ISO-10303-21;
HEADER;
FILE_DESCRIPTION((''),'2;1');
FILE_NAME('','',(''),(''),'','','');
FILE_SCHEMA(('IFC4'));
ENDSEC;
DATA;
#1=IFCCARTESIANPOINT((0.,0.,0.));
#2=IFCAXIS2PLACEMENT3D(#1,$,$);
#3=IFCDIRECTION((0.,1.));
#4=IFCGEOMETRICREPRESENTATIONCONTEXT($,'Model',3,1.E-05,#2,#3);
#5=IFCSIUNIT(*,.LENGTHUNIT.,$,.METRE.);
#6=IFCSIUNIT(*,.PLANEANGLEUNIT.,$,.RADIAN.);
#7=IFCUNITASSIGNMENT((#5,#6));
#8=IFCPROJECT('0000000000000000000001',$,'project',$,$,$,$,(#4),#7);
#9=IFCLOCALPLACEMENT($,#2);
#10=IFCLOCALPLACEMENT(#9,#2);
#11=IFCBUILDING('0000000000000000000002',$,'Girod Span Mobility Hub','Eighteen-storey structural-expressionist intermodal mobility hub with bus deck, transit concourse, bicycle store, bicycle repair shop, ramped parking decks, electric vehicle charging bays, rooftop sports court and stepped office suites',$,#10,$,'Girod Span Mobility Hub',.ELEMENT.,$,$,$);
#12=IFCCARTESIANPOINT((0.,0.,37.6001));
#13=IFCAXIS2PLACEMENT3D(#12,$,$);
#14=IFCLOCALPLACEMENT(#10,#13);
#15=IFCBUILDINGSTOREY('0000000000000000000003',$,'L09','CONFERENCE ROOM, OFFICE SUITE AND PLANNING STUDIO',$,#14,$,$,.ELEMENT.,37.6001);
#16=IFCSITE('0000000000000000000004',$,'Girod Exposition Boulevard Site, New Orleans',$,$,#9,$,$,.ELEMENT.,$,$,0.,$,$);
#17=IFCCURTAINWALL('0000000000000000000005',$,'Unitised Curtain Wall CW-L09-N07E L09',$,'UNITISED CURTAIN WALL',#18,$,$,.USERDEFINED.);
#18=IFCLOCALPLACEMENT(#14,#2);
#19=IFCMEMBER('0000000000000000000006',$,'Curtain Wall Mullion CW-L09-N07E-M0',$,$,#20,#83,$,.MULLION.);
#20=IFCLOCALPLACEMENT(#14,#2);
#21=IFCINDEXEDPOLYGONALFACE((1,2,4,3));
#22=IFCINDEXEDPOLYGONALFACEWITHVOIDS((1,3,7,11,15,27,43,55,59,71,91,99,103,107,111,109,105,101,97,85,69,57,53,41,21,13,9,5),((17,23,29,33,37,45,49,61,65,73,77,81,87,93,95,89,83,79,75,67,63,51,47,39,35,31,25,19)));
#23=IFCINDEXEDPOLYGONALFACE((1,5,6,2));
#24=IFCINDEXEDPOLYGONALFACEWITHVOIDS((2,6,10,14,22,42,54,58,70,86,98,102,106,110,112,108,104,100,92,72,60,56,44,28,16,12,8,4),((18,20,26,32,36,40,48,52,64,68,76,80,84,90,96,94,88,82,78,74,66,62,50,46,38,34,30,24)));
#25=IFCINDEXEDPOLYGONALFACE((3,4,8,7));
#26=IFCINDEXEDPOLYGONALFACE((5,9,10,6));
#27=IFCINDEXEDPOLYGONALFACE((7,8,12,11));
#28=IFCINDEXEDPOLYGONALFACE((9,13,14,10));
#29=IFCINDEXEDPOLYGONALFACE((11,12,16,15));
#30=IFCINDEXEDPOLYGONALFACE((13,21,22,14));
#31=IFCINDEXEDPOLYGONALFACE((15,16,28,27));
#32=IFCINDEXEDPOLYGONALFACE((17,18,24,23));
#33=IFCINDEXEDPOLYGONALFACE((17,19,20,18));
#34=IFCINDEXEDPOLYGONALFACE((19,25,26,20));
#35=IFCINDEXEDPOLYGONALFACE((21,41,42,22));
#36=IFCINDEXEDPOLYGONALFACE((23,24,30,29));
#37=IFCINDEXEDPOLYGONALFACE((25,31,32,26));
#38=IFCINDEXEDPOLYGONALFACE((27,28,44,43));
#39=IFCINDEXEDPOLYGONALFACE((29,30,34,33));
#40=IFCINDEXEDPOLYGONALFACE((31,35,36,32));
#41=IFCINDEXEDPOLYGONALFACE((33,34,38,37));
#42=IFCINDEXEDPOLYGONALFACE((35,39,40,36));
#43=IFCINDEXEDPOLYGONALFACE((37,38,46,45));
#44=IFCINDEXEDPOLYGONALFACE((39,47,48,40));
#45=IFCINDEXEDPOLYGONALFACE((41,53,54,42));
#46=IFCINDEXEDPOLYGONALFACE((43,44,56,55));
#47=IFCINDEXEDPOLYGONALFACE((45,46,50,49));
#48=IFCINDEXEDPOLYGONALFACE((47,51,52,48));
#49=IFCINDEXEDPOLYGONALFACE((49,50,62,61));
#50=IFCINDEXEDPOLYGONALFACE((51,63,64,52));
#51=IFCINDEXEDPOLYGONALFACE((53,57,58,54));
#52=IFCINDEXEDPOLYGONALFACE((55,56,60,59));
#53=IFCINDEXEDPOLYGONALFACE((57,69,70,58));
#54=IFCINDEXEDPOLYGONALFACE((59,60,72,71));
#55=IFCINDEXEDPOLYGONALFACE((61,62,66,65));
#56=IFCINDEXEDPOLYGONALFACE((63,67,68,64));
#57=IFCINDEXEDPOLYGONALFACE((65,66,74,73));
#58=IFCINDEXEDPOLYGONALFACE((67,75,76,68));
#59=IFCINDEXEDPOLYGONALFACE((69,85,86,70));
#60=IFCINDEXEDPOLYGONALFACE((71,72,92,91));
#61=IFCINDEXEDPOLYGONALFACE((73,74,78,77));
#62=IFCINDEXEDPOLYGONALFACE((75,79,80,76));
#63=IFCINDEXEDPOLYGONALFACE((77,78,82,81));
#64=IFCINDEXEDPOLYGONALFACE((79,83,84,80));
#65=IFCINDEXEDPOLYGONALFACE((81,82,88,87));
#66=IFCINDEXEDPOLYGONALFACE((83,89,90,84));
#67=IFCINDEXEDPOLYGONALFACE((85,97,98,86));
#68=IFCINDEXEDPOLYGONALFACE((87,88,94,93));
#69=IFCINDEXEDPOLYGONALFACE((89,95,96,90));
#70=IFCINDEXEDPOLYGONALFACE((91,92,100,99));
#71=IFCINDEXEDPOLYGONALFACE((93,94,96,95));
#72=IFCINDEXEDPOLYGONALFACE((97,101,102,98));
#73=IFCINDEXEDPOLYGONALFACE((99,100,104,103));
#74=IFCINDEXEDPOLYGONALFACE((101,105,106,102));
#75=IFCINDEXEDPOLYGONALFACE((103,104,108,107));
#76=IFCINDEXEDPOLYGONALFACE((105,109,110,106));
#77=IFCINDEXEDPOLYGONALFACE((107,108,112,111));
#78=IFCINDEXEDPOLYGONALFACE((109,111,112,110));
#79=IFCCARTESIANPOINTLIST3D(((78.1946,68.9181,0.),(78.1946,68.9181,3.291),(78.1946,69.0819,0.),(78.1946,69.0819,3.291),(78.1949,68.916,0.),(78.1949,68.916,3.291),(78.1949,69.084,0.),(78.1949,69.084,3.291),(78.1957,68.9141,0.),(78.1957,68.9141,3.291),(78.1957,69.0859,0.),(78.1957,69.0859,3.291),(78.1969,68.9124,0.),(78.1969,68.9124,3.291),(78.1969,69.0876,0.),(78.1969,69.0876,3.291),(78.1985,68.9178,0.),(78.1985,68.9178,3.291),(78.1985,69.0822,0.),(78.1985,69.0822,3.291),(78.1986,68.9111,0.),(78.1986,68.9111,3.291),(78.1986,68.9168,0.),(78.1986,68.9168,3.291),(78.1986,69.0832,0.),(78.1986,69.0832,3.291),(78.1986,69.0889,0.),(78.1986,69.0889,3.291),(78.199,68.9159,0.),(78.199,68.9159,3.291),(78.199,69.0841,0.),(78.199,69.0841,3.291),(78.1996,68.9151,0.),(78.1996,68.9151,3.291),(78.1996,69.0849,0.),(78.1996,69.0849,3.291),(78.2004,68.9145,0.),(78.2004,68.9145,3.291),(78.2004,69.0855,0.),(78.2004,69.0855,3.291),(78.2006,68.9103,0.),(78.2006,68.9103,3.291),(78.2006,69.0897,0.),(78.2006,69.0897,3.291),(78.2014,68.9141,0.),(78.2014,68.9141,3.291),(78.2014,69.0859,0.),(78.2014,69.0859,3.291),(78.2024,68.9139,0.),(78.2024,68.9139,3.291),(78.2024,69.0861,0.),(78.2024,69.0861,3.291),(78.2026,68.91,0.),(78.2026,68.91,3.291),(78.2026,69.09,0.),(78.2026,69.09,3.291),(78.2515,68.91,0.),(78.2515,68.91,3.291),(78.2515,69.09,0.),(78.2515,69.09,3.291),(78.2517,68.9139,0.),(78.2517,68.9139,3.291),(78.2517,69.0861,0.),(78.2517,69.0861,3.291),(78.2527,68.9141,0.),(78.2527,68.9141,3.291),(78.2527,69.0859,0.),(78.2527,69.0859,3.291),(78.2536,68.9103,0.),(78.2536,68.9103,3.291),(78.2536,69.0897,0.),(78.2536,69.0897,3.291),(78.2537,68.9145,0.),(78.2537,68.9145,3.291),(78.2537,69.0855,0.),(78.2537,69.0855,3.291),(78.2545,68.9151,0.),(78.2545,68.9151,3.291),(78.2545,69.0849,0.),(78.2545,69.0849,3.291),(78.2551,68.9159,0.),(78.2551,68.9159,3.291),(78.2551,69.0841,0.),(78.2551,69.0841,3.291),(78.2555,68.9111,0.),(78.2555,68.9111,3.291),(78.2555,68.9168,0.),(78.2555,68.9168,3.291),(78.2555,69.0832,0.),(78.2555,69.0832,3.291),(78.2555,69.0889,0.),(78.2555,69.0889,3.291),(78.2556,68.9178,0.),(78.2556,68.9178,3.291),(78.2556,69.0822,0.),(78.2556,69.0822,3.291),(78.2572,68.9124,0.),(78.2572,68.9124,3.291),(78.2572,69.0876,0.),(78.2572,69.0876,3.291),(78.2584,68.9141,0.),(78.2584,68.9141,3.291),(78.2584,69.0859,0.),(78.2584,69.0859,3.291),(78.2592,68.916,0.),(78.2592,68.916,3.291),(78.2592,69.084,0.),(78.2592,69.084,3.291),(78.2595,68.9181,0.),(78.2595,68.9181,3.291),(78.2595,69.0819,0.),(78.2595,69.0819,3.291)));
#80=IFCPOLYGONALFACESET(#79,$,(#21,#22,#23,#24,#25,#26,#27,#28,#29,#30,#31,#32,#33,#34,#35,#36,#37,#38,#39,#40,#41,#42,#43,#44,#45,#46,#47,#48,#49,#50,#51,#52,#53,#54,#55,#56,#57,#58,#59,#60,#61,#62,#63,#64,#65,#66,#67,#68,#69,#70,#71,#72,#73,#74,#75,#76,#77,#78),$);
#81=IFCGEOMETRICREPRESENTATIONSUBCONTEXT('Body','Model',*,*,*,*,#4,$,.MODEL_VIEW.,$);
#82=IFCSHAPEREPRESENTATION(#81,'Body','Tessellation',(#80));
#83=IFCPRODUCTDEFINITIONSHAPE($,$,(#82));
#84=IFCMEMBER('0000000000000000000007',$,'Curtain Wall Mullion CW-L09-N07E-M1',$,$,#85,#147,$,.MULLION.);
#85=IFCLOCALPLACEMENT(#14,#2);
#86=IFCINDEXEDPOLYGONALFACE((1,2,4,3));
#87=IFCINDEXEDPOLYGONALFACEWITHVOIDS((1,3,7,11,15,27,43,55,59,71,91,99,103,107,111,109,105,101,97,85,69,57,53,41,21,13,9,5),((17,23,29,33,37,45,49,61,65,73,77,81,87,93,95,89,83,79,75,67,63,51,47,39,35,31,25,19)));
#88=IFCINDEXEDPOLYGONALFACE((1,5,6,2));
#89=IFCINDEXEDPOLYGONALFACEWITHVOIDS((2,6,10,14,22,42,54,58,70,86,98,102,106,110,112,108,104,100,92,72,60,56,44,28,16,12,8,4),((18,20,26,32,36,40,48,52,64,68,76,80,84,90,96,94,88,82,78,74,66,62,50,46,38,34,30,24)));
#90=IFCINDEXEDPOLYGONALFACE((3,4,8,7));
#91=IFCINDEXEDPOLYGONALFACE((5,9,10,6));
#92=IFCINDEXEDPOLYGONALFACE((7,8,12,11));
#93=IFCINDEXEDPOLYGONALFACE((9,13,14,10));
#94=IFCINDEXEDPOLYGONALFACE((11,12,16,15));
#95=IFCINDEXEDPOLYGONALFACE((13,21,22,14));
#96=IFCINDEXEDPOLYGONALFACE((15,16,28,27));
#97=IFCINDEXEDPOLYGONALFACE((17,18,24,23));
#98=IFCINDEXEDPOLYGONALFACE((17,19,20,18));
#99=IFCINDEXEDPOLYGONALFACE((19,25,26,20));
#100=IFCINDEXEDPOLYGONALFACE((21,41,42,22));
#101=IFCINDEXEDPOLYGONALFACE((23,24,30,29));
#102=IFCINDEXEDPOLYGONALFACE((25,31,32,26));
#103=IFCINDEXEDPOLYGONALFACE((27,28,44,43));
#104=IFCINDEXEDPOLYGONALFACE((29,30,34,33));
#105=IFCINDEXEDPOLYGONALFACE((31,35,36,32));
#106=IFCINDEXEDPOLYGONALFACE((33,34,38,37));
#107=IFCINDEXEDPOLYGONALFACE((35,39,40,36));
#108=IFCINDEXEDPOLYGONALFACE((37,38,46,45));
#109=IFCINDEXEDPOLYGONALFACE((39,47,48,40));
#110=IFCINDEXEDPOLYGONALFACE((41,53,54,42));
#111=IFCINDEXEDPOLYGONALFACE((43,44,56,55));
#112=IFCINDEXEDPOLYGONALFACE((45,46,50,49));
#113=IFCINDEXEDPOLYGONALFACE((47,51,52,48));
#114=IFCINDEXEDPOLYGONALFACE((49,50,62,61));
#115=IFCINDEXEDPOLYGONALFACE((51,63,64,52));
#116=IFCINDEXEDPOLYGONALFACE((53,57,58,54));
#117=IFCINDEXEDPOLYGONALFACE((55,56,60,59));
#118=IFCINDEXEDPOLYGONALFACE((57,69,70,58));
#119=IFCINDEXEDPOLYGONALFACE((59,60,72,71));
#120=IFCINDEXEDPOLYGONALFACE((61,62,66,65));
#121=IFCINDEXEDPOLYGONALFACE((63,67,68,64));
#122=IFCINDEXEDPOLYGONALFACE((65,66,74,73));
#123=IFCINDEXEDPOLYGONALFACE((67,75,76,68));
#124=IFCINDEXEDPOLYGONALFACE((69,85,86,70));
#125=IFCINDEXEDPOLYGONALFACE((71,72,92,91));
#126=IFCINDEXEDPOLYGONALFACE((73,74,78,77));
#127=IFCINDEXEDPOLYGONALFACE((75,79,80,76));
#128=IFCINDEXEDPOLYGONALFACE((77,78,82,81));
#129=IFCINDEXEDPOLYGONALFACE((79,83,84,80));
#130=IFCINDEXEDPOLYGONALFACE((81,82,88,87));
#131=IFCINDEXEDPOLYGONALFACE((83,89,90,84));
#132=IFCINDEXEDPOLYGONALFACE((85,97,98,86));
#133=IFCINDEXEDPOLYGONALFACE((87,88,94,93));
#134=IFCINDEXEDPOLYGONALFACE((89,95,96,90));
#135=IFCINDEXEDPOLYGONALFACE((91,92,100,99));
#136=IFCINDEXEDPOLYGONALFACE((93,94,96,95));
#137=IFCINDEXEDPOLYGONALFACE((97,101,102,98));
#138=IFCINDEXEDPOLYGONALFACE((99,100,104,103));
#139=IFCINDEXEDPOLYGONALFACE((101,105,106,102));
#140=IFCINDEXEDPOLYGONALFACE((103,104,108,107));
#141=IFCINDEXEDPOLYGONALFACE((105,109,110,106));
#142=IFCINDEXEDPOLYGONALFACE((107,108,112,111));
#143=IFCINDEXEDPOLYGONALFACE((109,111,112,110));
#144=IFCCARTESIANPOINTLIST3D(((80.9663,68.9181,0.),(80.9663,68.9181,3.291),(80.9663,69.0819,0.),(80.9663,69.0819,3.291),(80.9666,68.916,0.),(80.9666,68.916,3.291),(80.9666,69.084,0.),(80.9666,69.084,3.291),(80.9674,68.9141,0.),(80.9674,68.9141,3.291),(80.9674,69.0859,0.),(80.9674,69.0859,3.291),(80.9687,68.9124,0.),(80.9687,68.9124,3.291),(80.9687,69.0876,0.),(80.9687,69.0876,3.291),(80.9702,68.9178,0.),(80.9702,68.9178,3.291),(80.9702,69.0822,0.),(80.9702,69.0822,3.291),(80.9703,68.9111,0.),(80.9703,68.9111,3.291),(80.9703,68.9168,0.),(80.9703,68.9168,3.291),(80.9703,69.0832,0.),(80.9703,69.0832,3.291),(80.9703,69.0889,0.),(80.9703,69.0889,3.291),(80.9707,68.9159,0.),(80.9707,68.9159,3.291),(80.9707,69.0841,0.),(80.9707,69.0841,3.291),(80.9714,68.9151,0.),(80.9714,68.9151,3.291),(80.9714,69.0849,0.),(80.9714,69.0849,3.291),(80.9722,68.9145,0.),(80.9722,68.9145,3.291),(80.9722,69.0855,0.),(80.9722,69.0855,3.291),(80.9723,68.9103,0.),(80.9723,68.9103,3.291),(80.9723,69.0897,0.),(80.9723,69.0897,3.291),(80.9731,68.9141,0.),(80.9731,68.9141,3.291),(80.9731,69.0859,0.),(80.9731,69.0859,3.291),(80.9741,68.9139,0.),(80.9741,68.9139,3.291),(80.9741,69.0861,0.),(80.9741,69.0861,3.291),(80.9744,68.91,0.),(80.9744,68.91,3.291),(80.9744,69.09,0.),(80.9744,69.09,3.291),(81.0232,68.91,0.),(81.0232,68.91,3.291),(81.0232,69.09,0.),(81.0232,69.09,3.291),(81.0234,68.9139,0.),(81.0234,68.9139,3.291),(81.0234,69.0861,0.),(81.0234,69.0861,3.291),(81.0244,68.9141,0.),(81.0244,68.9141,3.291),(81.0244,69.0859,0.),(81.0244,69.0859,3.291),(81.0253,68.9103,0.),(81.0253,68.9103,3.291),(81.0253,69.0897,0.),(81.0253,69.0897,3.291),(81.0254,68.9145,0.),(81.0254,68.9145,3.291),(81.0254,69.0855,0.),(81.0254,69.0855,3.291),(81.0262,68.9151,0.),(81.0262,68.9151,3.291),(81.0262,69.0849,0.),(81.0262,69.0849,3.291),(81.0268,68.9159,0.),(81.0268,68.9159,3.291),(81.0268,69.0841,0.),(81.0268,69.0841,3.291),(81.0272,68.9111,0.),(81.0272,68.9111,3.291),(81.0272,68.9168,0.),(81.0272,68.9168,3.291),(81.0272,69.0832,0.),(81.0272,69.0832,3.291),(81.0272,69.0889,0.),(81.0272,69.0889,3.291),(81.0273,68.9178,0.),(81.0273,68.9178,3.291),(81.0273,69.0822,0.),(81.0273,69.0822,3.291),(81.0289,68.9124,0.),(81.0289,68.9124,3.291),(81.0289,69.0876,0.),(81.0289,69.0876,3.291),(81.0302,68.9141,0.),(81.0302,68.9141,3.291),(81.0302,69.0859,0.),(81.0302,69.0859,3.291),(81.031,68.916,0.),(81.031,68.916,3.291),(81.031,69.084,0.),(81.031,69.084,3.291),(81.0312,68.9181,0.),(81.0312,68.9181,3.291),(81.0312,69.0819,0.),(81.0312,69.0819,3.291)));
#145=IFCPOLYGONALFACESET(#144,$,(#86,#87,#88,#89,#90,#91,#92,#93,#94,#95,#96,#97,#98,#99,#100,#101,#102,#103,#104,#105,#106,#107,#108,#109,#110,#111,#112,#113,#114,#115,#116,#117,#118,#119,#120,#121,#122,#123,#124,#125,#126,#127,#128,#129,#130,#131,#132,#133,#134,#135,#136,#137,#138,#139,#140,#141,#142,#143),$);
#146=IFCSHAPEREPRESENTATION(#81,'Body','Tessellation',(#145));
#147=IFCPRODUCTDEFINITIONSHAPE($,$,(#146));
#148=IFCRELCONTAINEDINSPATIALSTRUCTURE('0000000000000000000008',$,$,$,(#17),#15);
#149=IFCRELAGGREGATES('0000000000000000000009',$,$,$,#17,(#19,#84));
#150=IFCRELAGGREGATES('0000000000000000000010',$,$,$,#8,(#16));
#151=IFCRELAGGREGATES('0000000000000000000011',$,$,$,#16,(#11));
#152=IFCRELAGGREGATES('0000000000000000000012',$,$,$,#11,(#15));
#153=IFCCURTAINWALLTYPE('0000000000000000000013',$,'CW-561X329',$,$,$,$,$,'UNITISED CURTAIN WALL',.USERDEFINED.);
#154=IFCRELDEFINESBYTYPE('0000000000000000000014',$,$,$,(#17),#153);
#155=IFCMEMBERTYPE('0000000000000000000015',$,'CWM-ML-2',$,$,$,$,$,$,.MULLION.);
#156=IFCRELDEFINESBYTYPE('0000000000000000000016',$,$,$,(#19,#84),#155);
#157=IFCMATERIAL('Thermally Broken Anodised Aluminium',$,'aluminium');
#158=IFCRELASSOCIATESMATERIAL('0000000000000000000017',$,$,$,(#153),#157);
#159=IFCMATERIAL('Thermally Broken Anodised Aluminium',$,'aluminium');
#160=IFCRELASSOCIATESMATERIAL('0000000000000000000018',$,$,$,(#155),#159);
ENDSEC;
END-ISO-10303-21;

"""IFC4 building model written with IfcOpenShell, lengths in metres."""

from ifc_helpers import new_model, si_unit, direction, frame, origin, origin_2d, place, context, subcontext, project, spatial, hollow_rectangle, extrude, material, material_profile, profile_set, type_object, element, aggregate, save


model = new_model("IFC4")

# Units and contexts
model_context = context("Model", 3, precision=1e-05, world=origin(), true_north=direction((0.0, 1.0)))
body_context = subcontext(model_context, "Body", "Model", "MODEL_VIEW")
ifc_project = project(units=[si_unit("LENGTHUNIT", "METRE"), si_unit("PLANEANGLEUNIT", "RADIAN")], contexts=[model_context])

# Site, building, storey
site_placement = place(None, origin())
site = spatial("IfcSite", under=ifc_project, at=site_placement, Name="Girod Exposition Boulevard Site, New Orleans", CompositionType="ELEMENT", RefElevation=0.0)
building_placement = place(site_placement, origin())
building = spatial("IfcBuilding", under=site, at=building_placement, Name="Girod Span Mobility Hub", Description="Eighteen-storey structural-expressionist intermodal mobility hub with bus deck, transit concourse, bicycle store, bicycle repair shop, ramped parking decks, electric vehicle charging bays, rooftop sports court and stepped office suites", LongName="Girod Span Mobility Hub", CompositionType="ELEMENT")
storey_placement = place(building_placement, frame((0.0, 0.0, 37.6001)))
storey = spatial("IfcBuildingStorey", under=building, at=storey_placement, Name="L09", Description="CONFERENCE ROOM, OFFICE SUITE AND PLANNING STUDIO", CompositionType="ELEMENT", Elevation=37.6001)

# Shared definitions
ifc_material_1 = material(Name="Thermally Broken Anodised Aluminium", Category="aluminium")
curtain_wall_type = type_object("IfcCurtainWallType", Name="CW-561X329", ElementType="UNITISED CURTAIN WALL", PredefinedType="USERDEFINED", material=ifc_material_1)
ifc_material_2 = material(Name="Thermally Broken Anodised Aluminium", Category="aluminium")
ifc_material_profile_1 = material_profile(ifc_material_2, hollow_rectangle(XDim=0.1799, YDim=0.0649, WallThickness=0.0039, InnerFilletRadius=0.0039, OuterFilletRadius=0.0081, at=origin_2d()), Name="CW-ML-65X180")
ifc_profile_set_1 = profile_set([ifc_material_profile_1], Name="Thermally Broken Anodised Aluminium")
member_type_1 = type_object("IfcMemberType", Name="CWM-ML-2", PredefinedType="MULLION", material=ifc_profile_set_1)

# Curtain wall, members
curtain_wall_1_placement = place(storey_placement, origin())
curtain_wall_1 = element("IfcCurtainWall", 1, at=curtain_wall_1_placement, inside=storey, type_object=curtain_wall_type, Name="Unitised Curtain Wall CW-L09-N07E L09", ObjectType="UNITISED CURTAIN WALL", PredefinedType="USERDEFINED")
member_1_placement = place(storey_placement, frame((78.2271, 69.0, 0.0), z_axis=(0.0, 0.0, 1.0), x_axis=(0.0, 1.0, 0.0)))
member_1 = element("IfcMember", 2, at=member_1_placement, type_object=member_type_1, Name="Curtain Wall Mullion CW-L09-N07E-M0", PredefinedType="MULLION", context=body_context, shape_type="SweptSolid", body=[
    extrude(hollow_rectangle(XDim=0.1799, YDim=0.0649, WallThickness=0.0039, InnerFilletRadius=0.0039, OuterFilletRadius=0.0081, at=origin_2d()), origin(), (0.0, 0.0, 1.0), 3.291),
])
member_2_placement = place(storey_placement, frame((80.9988, 69.0, 0.0), z_axis=(0.0, 0.0, 1.0), x_axis=(0.0, 1.0, 0.0)))
member_2 = element("IfcMember", 3, at=member_2_placement, type_object=member_type_1, Name="Curtain Wall Mullion CW-L09-N07E-M1", PredefinedType="MULLION", context=body_context, shape_type="SweptSolid", body=[
    extrude(hollow_rectangle(XDim=0.1799, YDim=0.0649, WallThickness=0.0039, InnerFilletRadius=0.0039, OuterFilletRadius=0.0081, at=origin_2d()), origin(), (0.0, 0.0, 1.0), 3.291),
])

aggregate(curtain_wall_1, [member_1, member_2])

save(model, "model.ifc")
